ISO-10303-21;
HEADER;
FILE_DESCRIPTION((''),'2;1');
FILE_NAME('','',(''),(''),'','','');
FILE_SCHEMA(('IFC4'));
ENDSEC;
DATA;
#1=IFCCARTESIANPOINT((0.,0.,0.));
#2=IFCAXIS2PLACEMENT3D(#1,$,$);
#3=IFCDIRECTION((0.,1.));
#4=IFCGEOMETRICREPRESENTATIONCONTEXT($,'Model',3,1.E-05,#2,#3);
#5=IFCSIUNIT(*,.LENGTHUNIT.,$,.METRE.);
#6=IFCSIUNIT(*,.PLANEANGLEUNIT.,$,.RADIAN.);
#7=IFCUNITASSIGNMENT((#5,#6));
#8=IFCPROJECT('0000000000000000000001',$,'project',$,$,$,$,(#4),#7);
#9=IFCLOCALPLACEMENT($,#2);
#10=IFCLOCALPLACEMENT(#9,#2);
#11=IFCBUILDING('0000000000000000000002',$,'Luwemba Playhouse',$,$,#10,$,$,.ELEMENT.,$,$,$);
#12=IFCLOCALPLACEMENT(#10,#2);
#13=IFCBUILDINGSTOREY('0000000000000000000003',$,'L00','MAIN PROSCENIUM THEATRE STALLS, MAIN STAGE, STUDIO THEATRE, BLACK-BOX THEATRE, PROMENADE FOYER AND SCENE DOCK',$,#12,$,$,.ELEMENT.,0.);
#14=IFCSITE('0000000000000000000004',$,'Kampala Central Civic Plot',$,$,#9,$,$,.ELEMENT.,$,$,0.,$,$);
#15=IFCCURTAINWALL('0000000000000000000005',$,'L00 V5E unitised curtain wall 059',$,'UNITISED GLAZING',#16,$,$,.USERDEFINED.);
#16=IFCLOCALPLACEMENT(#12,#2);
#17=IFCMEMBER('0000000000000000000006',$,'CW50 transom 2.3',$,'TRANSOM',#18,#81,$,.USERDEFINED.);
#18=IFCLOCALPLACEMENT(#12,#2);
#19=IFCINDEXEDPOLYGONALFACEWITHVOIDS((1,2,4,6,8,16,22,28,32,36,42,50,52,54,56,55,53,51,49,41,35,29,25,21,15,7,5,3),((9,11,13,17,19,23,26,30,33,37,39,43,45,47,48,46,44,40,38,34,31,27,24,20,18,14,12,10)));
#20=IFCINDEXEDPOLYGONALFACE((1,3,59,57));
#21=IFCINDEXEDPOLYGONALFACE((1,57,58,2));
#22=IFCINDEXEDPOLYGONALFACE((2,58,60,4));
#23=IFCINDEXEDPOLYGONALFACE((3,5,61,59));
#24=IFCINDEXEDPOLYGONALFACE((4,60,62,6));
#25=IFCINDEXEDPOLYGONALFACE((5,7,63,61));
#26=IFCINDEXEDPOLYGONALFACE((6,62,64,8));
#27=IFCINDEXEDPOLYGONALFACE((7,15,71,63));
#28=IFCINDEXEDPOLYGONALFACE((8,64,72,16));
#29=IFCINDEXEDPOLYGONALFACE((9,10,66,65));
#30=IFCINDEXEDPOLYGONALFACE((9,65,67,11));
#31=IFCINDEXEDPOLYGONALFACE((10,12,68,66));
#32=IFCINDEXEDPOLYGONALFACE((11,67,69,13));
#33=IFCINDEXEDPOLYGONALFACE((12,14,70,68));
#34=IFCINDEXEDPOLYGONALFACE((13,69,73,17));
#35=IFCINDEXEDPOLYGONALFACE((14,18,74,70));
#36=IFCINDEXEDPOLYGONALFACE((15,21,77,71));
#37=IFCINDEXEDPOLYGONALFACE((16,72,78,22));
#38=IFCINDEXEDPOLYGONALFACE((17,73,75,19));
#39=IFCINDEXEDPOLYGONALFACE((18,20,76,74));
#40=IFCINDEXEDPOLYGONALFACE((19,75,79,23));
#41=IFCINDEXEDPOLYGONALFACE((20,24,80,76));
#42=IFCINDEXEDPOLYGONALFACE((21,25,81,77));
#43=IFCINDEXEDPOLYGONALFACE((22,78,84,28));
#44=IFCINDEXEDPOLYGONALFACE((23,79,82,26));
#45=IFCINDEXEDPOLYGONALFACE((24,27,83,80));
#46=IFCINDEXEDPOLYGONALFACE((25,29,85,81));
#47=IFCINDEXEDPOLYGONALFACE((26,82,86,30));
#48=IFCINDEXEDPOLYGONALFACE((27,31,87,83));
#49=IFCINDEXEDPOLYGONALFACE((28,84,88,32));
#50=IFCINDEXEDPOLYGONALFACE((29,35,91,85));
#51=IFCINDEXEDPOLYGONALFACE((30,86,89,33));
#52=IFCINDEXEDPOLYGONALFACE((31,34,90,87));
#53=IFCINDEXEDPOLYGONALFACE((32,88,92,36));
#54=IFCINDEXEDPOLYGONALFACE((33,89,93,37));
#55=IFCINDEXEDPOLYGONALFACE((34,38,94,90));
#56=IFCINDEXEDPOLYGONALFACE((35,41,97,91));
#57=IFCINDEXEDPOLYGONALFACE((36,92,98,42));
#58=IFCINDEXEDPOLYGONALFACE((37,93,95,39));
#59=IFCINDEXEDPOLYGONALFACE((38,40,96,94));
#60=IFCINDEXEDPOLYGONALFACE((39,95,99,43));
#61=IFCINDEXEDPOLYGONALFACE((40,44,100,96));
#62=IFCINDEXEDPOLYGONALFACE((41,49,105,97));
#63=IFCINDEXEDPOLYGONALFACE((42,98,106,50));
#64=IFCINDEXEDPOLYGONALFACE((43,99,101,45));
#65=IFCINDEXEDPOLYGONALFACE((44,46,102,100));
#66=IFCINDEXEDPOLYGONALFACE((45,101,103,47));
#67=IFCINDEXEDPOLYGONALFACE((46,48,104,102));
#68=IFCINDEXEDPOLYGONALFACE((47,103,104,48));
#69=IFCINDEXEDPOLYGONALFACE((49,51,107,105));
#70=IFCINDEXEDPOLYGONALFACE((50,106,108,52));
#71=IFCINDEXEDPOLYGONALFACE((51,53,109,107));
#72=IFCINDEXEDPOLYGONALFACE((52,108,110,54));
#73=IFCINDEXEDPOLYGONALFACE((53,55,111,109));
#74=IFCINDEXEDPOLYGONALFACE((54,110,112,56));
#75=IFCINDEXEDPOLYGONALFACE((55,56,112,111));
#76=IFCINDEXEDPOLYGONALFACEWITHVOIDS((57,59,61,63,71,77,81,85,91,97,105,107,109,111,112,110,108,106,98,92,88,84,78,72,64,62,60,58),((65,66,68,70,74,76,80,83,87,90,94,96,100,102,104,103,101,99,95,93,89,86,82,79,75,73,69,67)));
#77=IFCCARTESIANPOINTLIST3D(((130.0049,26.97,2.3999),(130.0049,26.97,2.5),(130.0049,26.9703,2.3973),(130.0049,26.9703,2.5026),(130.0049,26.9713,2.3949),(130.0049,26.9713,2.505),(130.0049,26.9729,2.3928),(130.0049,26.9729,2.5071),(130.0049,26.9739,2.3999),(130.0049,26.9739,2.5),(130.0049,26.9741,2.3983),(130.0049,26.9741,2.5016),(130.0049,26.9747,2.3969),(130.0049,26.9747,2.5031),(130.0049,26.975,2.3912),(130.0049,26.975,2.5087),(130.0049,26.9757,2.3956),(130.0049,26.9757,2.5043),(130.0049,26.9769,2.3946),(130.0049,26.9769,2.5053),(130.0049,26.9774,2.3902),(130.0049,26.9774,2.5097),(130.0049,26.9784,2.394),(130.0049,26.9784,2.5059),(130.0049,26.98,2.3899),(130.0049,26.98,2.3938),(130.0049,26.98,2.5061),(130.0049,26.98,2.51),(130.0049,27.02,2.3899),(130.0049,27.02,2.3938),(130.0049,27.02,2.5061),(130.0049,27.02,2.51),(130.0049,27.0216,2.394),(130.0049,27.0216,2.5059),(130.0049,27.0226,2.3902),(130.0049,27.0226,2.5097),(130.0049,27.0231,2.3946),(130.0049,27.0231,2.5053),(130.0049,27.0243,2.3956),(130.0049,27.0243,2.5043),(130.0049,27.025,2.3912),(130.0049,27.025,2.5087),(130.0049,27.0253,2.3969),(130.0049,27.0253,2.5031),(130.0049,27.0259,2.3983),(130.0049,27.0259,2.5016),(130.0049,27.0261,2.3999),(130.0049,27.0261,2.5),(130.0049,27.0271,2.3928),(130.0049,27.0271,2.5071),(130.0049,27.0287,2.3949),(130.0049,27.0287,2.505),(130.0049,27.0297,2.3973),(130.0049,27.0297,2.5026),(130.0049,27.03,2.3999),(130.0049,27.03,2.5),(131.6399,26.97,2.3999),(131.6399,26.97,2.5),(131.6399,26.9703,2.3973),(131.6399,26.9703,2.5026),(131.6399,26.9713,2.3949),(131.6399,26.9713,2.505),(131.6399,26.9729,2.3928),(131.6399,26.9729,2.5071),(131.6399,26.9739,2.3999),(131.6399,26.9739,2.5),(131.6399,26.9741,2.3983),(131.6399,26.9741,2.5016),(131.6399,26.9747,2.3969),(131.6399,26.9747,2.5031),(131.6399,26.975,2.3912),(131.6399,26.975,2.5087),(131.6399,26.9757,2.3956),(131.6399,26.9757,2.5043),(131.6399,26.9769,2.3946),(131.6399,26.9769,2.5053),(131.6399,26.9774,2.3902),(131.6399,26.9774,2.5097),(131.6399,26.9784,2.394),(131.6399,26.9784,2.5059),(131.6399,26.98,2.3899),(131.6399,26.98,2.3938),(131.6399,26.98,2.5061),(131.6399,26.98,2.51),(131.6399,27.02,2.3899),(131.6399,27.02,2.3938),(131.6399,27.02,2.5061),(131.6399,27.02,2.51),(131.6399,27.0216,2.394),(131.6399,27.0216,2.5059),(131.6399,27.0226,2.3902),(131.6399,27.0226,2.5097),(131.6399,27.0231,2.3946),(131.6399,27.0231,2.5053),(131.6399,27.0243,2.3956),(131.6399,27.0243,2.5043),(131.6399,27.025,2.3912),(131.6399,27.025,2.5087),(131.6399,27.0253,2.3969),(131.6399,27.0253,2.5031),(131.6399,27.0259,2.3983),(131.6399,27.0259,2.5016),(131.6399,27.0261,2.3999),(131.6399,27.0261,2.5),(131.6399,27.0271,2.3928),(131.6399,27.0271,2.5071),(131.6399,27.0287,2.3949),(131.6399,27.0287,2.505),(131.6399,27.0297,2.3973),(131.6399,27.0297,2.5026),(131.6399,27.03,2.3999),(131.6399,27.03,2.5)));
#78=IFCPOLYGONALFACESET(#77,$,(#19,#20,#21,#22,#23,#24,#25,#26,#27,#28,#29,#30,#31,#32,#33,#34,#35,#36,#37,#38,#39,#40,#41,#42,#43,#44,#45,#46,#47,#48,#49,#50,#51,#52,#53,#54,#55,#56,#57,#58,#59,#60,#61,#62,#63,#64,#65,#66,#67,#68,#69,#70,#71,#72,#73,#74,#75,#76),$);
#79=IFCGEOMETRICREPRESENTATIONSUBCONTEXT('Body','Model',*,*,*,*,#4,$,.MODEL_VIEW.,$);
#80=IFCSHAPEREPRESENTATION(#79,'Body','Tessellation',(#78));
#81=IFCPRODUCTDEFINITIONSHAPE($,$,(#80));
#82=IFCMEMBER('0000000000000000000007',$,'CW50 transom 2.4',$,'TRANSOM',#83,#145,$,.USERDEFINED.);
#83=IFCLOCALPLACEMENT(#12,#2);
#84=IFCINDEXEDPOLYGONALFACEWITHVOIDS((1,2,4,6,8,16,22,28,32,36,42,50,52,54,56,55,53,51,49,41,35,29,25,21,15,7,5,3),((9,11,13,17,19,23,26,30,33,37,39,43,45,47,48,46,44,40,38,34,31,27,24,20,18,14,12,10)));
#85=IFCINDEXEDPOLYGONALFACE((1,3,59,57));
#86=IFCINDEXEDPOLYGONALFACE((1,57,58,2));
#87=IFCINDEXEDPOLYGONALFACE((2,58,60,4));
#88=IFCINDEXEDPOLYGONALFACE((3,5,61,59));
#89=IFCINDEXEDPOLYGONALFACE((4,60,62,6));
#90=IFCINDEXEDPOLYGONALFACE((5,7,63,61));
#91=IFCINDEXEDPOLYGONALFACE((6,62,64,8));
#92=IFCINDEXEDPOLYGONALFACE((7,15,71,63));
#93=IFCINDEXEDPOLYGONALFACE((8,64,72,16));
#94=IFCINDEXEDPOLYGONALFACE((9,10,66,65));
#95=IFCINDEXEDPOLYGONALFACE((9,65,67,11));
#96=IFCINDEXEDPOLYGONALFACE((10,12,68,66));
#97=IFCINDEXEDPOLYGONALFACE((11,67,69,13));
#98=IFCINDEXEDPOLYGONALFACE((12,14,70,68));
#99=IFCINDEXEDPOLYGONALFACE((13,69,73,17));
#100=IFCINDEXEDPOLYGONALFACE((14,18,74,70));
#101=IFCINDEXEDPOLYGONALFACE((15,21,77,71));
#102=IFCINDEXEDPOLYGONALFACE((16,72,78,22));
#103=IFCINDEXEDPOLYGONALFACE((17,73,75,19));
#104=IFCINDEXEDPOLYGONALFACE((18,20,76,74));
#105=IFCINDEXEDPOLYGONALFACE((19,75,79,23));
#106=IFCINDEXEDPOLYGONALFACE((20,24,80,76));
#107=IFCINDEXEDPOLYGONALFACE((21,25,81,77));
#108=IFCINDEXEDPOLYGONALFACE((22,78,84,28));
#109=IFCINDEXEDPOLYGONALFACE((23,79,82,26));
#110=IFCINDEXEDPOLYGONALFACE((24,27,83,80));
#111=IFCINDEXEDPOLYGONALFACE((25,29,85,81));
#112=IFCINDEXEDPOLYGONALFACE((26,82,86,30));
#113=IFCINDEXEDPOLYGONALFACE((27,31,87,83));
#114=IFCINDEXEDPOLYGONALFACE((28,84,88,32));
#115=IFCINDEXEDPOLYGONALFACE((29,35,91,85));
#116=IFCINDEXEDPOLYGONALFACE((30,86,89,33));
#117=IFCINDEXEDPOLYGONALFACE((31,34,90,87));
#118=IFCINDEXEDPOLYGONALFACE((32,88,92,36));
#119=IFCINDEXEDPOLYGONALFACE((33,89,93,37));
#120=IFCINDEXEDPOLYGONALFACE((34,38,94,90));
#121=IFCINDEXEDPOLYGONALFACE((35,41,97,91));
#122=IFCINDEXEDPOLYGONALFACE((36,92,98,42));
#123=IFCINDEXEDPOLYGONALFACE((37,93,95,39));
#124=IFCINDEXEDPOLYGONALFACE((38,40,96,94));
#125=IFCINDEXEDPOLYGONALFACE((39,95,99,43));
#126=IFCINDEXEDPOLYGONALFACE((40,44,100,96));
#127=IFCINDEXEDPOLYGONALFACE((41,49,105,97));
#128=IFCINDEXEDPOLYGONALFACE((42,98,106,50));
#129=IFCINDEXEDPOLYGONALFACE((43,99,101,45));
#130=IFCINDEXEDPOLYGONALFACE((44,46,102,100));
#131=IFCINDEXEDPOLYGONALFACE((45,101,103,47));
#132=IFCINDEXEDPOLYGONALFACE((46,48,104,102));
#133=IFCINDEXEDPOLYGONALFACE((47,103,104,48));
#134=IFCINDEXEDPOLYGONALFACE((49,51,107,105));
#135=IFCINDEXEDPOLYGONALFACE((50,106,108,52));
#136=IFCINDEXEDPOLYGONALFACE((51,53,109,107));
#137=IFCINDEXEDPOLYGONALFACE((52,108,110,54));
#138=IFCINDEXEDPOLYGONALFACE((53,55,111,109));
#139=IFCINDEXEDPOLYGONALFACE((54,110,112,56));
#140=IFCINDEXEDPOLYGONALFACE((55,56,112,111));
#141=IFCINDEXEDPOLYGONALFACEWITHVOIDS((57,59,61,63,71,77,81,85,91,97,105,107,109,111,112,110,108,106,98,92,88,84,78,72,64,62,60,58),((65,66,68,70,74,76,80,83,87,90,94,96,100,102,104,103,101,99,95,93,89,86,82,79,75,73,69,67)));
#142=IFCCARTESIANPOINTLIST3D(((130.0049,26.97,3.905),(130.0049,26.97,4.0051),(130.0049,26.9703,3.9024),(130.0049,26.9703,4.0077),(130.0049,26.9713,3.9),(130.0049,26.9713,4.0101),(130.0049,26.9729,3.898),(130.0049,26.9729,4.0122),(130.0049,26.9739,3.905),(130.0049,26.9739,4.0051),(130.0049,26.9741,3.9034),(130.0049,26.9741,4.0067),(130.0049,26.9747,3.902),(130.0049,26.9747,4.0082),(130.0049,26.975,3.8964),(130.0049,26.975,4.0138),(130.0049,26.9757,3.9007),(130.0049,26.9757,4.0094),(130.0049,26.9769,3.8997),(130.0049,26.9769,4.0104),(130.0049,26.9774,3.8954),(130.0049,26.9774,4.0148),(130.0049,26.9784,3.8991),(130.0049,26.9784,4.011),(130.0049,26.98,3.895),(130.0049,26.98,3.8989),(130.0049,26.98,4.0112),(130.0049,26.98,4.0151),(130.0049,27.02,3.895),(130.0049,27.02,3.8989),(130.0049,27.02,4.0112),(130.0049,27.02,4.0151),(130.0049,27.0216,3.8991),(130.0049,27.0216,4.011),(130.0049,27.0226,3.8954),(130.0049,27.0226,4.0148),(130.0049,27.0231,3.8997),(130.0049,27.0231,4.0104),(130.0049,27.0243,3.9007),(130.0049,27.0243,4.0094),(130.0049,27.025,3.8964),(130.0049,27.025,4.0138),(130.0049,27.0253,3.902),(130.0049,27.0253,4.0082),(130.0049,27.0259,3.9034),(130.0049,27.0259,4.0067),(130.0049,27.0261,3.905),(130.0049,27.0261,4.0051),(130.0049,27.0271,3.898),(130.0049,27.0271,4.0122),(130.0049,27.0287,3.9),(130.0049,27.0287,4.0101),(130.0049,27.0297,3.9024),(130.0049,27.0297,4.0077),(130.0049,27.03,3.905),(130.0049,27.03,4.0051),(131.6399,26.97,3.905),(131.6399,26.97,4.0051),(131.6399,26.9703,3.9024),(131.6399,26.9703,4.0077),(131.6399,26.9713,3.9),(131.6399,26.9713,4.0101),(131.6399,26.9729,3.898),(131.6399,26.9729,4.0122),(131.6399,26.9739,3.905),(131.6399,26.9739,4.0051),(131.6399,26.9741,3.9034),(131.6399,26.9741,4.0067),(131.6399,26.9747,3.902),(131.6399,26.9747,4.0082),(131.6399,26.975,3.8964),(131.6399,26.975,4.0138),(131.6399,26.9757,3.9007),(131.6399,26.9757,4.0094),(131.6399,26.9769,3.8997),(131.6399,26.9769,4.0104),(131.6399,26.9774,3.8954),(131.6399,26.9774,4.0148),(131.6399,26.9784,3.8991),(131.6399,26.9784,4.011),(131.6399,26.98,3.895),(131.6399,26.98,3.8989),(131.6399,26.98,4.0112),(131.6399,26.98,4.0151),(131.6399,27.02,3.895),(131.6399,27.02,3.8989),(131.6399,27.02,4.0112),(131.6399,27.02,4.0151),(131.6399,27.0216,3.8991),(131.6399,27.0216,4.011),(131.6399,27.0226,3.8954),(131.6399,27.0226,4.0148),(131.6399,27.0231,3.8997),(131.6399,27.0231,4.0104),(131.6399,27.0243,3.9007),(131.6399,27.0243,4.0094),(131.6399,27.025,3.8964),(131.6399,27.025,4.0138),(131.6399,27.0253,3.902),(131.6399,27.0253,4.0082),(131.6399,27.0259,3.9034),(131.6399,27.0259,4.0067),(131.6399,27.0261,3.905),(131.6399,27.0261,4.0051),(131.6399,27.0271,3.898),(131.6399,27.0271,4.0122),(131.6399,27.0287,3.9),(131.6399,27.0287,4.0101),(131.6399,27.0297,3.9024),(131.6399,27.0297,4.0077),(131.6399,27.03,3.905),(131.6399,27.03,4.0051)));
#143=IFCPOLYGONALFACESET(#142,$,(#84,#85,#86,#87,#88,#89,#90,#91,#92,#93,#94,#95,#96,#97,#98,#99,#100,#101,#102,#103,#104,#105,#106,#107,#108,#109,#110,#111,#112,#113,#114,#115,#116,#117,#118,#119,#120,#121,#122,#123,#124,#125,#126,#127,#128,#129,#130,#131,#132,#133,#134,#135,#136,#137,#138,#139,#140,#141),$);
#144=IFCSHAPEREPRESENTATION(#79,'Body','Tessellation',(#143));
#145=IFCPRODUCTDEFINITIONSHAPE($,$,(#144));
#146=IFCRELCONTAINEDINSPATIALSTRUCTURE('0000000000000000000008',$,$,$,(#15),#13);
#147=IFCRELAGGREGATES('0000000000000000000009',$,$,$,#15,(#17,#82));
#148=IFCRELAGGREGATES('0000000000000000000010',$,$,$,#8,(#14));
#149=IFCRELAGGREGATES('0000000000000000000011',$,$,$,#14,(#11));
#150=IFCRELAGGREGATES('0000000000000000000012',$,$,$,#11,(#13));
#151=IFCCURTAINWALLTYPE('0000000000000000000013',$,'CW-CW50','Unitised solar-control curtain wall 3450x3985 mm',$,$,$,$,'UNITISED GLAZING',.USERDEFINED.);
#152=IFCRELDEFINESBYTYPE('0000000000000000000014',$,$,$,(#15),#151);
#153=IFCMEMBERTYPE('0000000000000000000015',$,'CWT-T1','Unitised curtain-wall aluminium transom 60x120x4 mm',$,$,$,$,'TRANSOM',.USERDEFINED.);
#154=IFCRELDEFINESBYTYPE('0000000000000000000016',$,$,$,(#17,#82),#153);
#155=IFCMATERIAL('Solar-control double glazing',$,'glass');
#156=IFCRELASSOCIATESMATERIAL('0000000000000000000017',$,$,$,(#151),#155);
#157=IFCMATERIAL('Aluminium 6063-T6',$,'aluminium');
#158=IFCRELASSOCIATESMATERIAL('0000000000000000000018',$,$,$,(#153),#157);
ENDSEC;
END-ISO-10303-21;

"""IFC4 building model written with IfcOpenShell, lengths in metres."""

from ifc_helpers import new_model, si_unit, direction, frame, origin, origin_2d, place, context, subcontext, project, spatial, hollow_rectangle, extrude, material, material_profile, profile_set, type_object, element, aggregate, save


model = new_model("IFC4")

# Units and contexts
model_context = context("Model", 3, precision=1e-05, world=origin(), true_north=direction((0.0, 1.0)))
body_context = subcontext(model_context, "Body", "Model", "MODEL_VIEW")
ifc_project = project(units=[si_unit("LENGTHUNIT", "METRE"), si_unit("PLANEANGLEUNIT", "RADIAN")], contexts=[model_context])

# Site, building, storey
site_placement = place(None, origin())
site = spatial("IfcSite", under=ifc_project, at=site_placement, Name="Kampala Central Civic Plot", CompositionType="ELEMENT", RefElevation=0.0)
building_placement = place(site_placement, origin())
building = spatial("IfcBuilding", under=site, at=building_placement, Name="Luwemba Playhouse", CompositionType="ELEMENT")
storey_placement = place(building_placement, origin())
storey = spatial("IfcBuildingStorey", under=building, at=storey_placement, Name="L00", Description="MAIN PROSCENIUM THEATRE STALLS, MAIN STAGE, STUDIO THEATRE, BLACK-BOX THEATRE, PROMENADE FOYER AND SCENE DOCK", CompositionType="ELEMENT", Elevation=0.0)

# Curtain wall
ifc_material_1 = material(Name="Solar-control double glazing", Category="glass")
curtain_wall_type_1 = type_object("IfcCurtainWallType", Name="CW-CW50", Description="Unitised solar-control curtain wall 3450x3985 mm", ElementType="UNITISED GLAZING", PredefinedType="USERDEFINED", material=ifc_material_1)
curtain_wall_1_placement = place(storey_placement, origin())
curtain_wall_1 = element("IfcCurtainWall", 1, at=curtain_wall_1_placement, inside=storey, type_object=curtain_wall_type_1, Name="L00 V5E unitised curtain wall 059", ObjectType="UNITISED GLAZING", PredefinedType="USERDEFINED")
ifc_material_2 = material(Name="Aluminium 6063-T6", Category="aluminium")

# Members
ifc_material_profile_1 = material_profile(ifc_material_2, hollow_rectangle(XDim=0.0601, YDim=0.1201, WallThickness=0.0039, InnerFilletRadius=0.0061, OuterFilletRadius=0.01, at=origin_2d()))
ifc_profile_set_1 = profile_set([ifc_material_profile_1], Name="Aluminium 6063-T6")
member_type_1 = type_object("IfcMemberType", Name="CWT-T1", Description="Unitised curtain-wall aluminium transom 60x120x4 mm", ElementType="TRANSOM", PredefinedType="USERDEFINED", material=ifc_profile_set_1)
member_1_placement = place(storey_placement, frame((130.0049, 27.0, 2.45), z_axis=(1.0, 0.0, 0.0), x_axis=(0.0, 1.0, 0.0)))
member_1 = element("IfcMember", 2, at=member_1_placement, type_object=member_type_1, Name="CW50 transom 2.3", ObjectType="TRANSOM", PredefinedType="USERDEFINED", context=body_context, shape_type="SweptSolid", body=[
    extrude(hollow_rectangle(XDim=0.0601, YDim=0.1201, WallThickness=0.0039, InnerFilletRadius=0.0061, OuterFilletRadius=0.01, at=origin_2d()), origin(), (0.0, 0.0, 1.0), 1.635),
])
member_2_placement = place(storey_placement, frame((130.0049, 27.0, 3.9551), z_axis=(1.0, 0.0, 0.0), x_axis=(0.0, 1.0, 0.0)))
member_2 = element("IfcMember", 3, at=member_2_placement, type_object=member_type_1, Name="CW50 transom 2.4", ObjectType="TRANSOM", PredefinedType="USERDEFINED", context=body_context, shape_type="SweptSolid", body=[
    extrude(hollow_rectangle(XDim=0.0601, YDim=0.1201, WallThickness=0.0039, InnerFilletRadius=0.0061, OuterFilletRadius=0.01, at=origin_2d()), origin(), (0.0, 0.0, 1.0), 1.635),
])

aggregate(curtain_wall_1, [member_1, member_2])

save(model, "model.ifc")
